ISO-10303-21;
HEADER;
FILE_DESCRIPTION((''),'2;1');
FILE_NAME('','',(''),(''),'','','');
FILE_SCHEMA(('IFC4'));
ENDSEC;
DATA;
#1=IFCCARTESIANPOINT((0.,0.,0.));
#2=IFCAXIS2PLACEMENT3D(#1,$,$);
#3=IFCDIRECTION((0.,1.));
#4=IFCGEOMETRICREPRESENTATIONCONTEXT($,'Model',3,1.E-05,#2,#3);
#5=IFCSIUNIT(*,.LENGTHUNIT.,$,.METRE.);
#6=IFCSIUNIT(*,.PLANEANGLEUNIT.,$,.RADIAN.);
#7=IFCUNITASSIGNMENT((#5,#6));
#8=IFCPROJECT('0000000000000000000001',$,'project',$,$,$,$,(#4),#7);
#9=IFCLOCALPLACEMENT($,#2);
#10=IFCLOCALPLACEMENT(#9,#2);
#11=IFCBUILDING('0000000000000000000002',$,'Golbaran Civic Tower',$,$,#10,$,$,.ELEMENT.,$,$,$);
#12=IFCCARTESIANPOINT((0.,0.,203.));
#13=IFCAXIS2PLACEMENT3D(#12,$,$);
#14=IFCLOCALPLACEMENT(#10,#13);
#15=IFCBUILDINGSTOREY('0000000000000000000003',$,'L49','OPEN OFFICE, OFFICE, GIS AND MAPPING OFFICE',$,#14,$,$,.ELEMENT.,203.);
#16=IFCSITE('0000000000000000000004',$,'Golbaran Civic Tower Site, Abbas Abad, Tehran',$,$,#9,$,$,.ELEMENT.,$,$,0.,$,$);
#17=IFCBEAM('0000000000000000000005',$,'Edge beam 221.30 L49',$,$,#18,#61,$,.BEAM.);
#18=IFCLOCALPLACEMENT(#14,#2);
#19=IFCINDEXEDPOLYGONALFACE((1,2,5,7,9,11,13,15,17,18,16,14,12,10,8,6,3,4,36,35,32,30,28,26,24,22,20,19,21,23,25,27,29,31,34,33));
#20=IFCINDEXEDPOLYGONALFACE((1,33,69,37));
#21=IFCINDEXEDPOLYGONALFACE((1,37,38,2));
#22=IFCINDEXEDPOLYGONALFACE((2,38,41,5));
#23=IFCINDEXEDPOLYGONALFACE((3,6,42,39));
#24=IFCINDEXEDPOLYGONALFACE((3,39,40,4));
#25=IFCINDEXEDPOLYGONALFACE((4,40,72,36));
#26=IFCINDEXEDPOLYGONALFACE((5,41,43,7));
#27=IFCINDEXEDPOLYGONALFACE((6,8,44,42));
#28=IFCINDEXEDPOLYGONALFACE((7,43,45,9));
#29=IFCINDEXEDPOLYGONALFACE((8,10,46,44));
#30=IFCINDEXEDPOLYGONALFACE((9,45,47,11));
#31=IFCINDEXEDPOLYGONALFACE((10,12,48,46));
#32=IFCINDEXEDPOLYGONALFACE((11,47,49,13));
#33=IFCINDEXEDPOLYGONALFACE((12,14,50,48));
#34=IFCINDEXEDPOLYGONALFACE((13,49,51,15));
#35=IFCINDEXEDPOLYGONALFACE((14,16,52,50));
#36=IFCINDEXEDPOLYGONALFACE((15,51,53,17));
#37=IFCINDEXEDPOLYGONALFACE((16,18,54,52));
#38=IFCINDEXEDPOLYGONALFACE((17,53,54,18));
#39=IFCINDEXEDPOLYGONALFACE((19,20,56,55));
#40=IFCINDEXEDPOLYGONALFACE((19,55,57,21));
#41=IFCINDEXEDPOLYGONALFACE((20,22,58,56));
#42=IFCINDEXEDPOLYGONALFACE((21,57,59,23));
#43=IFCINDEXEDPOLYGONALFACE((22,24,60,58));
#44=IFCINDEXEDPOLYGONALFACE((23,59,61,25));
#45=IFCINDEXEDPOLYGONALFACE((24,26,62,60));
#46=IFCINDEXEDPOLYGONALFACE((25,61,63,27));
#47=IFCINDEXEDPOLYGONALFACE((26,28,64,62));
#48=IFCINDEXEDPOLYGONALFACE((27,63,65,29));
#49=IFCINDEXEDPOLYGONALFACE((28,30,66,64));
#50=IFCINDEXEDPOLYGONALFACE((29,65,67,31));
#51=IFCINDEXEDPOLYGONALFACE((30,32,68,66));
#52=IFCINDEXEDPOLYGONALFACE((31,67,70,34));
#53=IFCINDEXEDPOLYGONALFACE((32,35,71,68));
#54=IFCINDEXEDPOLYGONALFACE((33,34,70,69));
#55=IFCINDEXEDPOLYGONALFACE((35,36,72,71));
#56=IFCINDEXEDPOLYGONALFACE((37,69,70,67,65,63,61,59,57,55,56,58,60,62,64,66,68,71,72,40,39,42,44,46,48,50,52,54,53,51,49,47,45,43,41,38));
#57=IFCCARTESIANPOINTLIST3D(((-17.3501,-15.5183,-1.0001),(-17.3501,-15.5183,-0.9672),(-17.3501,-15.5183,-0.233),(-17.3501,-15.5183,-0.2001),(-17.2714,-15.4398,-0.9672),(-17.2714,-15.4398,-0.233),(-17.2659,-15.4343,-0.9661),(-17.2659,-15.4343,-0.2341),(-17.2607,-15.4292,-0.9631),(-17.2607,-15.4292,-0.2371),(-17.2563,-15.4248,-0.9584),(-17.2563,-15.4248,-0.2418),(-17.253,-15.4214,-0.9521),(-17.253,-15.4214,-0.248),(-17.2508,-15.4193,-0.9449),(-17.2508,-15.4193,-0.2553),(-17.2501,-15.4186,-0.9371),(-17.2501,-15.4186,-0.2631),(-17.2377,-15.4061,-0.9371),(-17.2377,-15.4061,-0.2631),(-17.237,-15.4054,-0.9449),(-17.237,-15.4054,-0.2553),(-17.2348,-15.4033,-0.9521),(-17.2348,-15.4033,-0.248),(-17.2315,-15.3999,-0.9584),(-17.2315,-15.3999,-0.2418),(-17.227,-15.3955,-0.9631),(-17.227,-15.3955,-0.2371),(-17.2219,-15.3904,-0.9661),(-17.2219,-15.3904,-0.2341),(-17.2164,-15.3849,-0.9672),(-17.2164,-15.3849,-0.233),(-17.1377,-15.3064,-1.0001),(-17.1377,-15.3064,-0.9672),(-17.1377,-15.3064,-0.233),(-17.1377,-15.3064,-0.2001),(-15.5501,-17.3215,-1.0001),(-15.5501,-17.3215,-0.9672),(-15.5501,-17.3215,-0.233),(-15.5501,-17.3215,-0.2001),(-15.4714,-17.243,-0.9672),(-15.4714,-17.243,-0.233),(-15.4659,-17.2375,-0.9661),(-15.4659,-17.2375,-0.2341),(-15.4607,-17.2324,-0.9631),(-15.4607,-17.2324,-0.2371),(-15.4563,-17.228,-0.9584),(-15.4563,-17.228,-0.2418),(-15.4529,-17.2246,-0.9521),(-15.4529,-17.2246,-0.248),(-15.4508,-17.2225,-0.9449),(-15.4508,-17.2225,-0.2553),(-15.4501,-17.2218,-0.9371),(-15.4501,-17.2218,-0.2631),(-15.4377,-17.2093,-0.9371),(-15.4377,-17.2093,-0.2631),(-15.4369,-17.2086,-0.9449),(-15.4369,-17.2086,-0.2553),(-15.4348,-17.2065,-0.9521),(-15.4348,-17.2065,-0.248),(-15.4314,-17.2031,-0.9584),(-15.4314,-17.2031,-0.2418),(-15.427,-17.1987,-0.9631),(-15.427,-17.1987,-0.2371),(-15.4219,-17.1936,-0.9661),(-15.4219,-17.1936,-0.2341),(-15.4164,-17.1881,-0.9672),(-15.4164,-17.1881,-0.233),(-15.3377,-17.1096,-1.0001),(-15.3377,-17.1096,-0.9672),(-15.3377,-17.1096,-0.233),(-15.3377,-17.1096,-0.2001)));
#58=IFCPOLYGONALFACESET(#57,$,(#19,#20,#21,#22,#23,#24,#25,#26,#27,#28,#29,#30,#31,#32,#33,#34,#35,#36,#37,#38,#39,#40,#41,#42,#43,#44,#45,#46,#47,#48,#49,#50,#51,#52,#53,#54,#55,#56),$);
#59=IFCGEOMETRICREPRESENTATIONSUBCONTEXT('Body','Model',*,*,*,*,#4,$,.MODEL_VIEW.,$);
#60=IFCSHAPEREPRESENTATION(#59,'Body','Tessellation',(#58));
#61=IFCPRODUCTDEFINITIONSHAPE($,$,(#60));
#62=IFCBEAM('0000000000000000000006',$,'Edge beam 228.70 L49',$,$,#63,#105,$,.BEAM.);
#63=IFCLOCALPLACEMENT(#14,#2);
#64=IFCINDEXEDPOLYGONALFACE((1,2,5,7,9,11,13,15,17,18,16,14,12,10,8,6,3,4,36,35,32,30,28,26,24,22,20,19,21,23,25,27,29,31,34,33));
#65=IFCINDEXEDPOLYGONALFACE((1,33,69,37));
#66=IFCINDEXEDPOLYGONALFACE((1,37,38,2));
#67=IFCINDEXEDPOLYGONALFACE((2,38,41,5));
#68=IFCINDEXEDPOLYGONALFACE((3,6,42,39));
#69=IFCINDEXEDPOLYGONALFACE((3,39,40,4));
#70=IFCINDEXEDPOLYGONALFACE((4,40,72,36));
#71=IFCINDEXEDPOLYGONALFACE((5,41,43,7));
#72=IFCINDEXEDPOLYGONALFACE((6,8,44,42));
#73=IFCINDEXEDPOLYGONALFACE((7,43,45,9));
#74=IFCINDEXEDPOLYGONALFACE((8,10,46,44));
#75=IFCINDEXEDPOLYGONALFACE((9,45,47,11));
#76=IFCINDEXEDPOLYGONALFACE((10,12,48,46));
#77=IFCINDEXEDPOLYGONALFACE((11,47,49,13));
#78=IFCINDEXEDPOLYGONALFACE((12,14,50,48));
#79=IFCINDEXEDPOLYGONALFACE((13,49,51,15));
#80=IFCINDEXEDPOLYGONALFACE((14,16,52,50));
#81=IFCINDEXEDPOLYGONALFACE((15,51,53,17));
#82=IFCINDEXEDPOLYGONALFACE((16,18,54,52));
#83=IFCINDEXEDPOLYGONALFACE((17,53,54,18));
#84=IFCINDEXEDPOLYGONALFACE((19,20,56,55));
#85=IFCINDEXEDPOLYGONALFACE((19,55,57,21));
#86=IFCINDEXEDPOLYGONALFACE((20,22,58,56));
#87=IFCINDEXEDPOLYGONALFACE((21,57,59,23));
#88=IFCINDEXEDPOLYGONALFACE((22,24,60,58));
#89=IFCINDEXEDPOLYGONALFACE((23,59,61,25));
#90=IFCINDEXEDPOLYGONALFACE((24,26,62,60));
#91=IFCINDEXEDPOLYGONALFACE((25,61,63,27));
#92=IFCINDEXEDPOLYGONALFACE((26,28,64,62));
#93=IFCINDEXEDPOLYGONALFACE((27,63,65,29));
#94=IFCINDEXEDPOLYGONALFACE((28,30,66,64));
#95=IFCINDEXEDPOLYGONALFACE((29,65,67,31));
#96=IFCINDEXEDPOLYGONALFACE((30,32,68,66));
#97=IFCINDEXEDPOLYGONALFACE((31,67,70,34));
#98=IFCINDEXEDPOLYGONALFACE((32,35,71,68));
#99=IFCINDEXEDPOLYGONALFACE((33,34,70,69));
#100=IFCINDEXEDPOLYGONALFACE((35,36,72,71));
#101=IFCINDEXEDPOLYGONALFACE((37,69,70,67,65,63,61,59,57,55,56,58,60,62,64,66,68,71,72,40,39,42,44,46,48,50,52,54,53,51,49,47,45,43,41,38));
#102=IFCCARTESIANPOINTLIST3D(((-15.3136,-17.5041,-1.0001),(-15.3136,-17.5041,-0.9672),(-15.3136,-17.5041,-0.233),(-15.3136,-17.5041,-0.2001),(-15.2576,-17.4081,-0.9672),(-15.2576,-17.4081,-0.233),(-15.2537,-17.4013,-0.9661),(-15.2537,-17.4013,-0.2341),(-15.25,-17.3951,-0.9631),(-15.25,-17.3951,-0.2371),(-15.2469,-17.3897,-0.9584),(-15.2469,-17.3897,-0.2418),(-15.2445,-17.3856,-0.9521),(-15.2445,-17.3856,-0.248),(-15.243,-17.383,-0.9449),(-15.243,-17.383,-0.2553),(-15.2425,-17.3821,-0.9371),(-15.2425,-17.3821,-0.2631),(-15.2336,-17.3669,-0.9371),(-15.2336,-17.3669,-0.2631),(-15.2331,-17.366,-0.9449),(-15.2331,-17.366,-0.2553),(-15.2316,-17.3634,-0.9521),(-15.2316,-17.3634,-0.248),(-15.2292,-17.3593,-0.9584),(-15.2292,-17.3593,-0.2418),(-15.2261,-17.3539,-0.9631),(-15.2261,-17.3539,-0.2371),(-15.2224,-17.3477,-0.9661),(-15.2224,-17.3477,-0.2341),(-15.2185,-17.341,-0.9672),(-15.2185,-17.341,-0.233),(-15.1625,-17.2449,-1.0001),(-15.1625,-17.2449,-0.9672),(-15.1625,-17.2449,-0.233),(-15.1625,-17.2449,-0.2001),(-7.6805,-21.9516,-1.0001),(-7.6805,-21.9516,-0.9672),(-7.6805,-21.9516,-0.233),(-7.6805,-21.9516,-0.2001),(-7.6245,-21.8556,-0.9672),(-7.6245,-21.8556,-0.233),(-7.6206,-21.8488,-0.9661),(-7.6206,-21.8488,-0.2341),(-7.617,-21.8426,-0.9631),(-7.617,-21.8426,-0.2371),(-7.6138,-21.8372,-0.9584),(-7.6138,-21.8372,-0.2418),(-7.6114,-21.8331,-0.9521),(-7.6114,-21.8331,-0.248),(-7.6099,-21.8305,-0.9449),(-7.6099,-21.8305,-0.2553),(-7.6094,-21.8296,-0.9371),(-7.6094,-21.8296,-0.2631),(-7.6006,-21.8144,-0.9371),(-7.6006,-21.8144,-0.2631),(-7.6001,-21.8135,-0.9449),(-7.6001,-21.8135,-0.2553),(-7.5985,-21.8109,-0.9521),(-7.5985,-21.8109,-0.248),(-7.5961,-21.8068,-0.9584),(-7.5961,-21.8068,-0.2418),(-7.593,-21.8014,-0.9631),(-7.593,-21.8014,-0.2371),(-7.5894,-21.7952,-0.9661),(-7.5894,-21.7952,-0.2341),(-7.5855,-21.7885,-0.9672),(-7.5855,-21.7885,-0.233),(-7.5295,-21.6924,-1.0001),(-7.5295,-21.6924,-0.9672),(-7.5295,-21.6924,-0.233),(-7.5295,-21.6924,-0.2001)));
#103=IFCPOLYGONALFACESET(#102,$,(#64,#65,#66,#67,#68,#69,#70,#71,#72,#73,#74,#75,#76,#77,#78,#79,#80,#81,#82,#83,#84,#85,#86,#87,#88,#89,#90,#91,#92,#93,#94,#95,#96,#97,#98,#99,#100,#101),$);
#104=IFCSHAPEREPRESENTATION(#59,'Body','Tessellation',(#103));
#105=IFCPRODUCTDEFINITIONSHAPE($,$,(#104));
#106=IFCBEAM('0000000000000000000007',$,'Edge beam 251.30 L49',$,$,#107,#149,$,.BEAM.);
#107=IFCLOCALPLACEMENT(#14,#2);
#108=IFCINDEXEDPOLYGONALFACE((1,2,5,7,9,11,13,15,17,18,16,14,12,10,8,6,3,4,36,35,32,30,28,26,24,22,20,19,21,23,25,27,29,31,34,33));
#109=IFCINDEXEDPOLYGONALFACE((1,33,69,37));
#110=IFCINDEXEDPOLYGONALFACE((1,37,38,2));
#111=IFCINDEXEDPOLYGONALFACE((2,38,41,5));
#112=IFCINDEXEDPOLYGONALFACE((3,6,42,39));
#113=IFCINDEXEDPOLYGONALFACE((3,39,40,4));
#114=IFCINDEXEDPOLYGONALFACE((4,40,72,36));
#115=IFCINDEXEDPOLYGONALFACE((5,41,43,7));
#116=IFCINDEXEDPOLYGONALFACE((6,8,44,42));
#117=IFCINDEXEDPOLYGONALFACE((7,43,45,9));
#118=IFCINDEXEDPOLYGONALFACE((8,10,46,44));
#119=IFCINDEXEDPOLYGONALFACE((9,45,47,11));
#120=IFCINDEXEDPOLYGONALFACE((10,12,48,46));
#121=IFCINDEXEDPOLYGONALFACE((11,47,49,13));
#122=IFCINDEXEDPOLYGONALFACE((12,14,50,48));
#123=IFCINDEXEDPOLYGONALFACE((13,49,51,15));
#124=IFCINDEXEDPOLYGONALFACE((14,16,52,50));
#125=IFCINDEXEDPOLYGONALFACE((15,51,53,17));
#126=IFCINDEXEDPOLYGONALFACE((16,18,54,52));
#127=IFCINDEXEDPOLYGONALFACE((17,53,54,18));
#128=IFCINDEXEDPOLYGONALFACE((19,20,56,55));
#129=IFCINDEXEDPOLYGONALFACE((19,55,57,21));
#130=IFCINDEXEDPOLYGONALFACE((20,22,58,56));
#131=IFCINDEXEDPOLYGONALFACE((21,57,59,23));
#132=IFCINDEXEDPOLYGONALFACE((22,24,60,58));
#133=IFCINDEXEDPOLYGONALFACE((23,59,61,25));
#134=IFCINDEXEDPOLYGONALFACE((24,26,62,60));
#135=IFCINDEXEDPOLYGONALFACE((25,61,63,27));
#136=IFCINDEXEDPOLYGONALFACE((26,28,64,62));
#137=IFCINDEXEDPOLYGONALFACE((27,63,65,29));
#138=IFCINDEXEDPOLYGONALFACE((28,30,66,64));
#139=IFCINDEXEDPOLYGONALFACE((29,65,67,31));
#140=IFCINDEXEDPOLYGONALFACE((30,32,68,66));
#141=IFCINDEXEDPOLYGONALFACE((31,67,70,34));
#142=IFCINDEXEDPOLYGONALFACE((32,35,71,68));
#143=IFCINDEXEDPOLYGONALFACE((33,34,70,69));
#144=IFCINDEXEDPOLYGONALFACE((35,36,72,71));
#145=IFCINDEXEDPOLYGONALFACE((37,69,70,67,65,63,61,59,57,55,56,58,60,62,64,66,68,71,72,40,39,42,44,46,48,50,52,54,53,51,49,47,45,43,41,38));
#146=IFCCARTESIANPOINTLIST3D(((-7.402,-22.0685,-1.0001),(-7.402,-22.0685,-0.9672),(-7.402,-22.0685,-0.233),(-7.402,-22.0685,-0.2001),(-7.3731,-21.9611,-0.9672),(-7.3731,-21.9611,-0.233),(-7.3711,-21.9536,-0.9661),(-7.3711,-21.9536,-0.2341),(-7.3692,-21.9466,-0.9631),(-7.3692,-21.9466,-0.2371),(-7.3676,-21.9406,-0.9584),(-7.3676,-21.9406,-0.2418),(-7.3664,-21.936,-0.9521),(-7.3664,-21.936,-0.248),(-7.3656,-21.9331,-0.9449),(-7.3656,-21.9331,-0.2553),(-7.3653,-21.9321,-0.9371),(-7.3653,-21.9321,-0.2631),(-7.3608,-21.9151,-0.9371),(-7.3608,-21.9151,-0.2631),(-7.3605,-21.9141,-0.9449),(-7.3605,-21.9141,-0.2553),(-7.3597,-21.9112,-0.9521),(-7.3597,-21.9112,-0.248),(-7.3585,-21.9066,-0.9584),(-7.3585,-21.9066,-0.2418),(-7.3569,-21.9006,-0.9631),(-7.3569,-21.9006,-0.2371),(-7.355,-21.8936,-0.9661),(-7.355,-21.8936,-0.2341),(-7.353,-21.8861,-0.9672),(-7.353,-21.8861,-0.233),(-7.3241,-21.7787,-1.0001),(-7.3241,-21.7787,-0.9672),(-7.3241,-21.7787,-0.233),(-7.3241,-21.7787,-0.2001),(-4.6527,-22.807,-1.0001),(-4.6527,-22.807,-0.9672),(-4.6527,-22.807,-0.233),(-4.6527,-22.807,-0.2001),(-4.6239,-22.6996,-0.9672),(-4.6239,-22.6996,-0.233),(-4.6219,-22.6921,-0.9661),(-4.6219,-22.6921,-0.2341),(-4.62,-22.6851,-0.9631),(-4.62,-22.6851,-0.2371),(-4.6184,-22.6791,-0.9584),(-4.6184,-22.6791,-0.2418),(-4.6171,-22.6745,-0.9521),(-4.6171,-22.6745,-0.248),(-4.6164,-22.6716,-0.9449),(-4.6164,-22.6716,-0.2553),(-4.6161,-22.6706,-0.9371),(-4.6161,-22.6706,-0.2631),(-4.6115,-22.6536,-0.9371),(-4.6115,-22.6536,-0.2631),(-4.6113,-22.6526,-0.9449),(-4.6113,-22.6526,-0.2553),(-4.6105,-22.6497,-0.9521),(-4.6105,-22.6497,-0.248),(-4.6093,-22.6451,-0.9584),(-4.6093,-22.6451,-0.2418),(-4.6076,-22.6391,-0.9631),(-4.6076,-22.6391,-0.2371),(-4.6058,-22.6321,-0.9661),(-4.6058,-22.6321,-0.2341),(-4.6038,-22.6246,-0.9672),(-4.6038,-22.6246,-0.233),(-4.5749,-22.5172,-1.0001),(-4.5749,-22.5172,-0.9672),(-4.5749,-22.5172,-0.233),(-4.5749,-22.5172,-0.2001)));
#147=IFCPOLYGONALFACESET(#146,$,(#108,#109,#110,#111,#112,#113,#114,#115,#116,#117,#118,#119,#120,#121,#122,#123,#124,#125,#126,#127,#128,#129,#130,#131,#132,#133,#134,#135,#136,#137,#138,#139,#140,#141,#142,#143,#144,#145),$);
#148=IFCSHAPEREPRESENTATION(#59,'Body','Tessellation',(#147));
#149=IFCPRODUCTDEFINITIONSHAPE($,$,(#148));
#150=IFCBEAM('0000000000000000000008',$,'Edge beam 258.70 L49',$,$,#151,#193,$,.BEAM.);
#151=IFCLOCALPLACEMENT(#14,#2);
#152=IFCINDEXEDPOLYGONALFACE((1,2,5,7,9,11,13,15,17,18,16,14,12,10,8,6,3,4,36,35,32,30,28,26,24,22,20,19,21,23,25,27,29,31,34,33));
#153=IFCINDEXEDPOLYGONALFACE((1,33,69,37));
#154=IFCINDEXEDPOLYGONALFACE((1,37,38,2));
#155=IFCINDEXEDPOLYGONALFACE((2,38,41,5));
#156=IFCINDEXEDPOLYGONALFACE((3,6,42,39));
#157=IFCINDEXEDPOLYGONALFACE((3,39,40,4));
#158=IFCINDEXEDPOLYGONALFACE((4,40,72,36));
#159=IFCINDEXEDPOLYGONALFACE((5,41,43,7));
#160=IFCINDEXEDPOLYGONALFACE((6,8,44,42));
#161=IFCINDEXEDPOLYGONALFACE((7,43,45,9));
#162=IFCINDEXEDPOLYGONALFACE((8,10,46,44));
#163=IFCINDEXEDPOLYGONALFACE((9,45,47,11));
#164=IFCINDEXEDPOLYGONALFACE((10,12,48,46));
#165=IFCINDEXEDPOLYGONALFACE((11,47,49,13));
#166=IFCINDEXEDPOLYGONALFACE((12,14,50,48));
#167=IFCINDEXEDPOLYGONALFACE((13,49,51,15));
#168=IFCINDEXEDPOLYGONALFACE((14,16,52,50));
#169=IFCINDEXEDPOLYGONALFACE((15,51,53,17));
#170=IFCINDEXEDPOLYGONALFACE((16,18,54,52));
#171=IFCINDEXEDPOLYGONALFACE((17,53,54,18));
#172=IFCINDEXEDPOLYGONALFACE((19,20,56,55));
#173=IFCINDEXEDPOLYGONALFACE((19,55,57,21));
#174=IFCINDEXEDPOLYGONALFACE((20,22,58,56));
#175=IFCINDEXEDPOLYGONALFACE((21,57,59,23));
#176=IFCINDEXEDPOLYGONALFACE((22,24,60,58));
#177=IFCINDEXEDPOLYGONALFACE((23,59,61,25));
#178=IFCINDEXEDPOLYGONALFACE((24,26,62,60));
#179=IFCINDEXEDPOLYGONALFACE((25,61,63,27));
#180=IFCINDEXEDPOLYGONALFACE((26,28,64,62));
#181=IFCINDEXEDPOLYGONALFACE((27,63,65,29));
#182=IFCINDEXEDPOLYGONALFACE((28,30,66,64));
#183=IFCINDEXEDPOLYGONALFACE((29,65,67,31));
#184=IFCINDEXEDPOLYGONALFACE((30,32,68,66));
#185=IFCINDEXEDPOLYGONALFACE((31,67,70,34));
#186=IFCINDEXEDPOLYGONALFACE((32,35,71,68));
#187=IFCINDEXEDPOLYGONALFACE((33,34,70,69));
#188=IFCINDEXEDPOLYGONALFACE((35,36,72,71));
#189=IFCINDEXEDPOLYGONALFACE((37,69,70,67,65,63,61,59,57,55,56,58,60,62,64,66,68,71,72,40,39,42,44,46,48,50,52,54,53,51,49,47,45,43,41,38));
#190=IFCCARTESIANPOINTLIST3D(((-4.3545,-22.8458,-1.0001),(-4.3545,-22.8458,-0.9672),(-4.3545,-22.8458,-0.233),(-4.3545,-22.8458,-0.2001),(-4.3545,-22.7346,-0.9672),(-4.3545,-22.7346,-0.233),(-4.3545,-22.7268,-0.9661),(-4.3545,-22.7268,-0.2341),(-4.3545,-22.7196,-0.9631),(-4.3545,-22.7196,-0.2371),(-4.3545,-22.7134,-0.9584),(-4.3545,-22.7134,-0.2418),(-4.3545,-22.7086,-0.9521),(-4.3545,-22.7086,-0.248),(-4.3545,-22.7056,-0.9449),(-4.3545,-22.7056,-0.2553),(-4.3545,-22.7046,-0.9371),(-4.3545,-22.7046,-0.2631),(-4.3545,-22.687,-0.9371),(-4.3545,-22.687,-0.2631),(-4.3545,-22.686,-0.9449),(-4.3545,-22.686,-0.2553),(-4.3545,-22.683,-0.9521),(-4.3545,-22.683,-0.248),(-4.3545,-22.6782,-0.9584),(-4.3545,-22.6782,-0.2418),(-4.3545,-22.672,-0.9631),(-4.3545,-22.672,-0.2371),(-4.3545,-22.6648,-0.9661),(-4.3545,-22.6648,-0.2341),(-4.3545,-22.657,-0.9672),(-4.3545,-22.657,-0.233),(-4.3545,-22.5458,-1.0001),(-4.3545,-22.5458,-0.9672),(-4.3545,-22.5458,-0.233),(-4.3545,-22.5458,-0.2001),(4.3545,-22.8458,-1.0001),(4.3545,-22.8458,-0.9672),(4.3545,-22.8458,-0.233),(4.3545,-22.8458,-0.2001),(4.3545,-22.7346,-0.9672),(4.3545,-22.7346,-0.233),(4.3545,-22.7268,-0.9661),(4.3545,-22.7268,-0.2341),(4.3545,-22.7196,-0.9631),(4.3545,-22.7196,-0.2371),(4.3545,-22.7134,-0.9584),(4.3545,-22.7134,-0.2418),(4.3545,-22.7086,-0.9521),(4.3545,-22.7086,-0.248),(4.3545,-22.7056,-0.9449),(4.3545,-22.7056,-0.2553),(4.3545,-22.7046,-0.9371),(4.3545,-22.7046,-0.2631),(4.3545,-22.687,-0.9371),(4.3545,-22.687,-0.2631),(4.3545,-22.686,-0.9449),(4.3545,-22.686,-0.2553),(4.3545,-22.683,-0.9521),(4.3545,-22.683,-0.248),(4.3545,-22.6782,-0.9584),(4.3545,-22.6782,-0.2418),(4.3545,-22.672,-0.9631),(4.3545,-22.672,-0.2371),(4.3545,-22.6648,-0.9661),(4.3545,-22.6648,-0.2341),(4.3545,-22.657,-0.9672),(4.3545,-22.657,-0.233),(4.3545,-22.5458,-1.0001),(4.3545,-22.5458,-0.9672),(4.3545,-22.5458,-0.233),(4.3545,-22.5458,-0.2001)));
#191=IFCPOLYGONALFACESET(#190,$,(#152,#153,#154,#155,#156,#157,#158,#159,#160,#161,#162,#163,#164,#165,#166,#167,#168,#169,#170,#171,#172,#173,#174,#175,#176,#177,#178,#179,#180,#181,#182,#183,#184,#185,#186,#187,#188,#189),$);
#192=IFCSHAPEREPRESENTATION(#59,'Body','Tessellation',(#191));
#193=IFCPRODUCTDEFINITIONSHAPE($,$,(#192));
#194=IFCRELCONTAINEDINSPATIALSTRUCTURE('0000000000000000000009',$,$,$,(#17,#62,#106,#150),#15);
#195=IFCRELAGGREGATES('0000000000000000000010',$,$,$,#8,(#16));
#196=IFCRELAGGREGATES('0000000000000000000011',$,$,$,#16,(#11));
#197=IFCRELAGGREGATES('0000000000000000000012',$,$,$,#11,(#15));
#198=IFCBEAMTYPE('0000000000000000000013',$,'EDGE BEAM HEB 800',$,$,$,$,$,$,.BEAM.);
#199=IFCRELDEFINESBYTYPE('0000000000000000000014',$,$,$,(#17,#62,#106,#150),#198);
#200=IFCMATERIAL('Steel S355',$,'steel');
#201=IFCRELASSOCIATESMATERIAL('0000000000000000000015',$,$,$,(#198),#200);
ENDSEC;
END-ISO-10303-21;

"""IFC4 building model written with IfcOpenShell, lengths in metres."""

from ifc_helpers import new_model, si_unit, direction, frame, origin, origin_2d, place, context, subcontext, project, spatial, i_section, extrude, material, material_profile, profile_set, type_object, element, save


model = new_model("IFC4")

# Units and contexts
model_context = context("Model", 3, precision=1e-05, world=origin(), true_north=direction((0.0, 1.0)))
body_context = subcontext(model_context, "Body", "Model", "MODEL_VIEW")
ifc_project = project(units=[si_unit("LENGTHUNIT", "METRE"), si_unit("PLANEANGLEUNIT", "RADIAN")], contexts=[model_context])

# Site, building, storey
site_placement = place(None, origin())
site = spatial("IfcSite", under=ifc_project, at=site_placement, Name="Golbaran Civic Tower Site, Abbas Abad, Tehran", CompositionType="ELEMENT", RefElevation=0.0)
building_placement = place(site_placement, origin())
building = spatial("IfcBuilding", under=site, at=building_placement, Name="Golbaran Civic Tower", CompositionType="ELEMENT")
storey_placement = place(building_placement, frame((0.0, 0.0, 203.0)))
storey = spatial("IfcBuildingStorey", under=building, at=storey_placement, Name="L49", Description="OPEN OFFICE, OFFICE, GIS AND MAPPING OFFICE", CompositionType="ELEMENT", Elevation=203.0)

# Beams
ifc_material_1 = material(Name="Steel S355", Category="steel")
ifc_material_profile_1 = material_profile(ifc_material_1, i_section(OverallWidth=0.3, OverallDepth=0.8, WebThickness=0.0176, FlangeThickness=0.033, FilletRadius=0.03, at=origin_2d()), Name="HEB 800")
ifc_profile_set_1 = profile_set([ifc_material_profile_1], Name="Steel S355")
beam_type_1 = type_object("IfcBeamType", Name="EDGE BEAM HEB 800", PredefinedType="BEAM", material=ifc_profile_set_1)
beam_1_placement = place(storey_placement, frame((-17.2439, -15.4124, -0.6001), z_axis=(0.706484, -0.707729, 0.0), x_axis=(0.707729, 0.706484, 0.0)))
element("IfcBeam", 1, at=beam_1_placement, inside=storey, type_object=beam_type_1, Name="Edge beam 221.30 L49", PredefinedType="BEAM", context=body_context, shape_type="SweptSolid", body=[
    extrude(i_section(OverallWidth=0.3, OverallDepth=0.8, WebThickness=0.0176, FlangeThickness=0.033, FilletRadius=0.03, at=origin_2d()), origin(), (0.0, 0.0, 1.0), 2.5479),
])
beam_2_placement = place(storey_placement, frame((-15.238, -17.3745, -0.6001), z_axis=(0.86403, -0.50344, 0.0), x_axis=(0.50344, 0.86403, 0.0)))
element("IfcBeam", 2, at=beam_2_placement, inside=storey, type_object=beam_type_1, Name="Edge beam 228.70 L49", PredefinedType="BEAM", context=body_context, shape_type="SweptSolid", body=[
    extrude(i_section(OverallWidth=0.3, OverallDepth=0.8, WebThickness=0.0176, FlangeThickness=0.033, FilletRadius=0.03, at=origin_2d()), origin(), (0.0, 0.0, 1.0), 8.8342),
])
beam_3_placement = place(storey_placement, frame((-7.363, -21.9236, -0.6001), z_axis=(0.965762, -0.259429, 0.0), x_axis=(0.259429, 0.965762, 0.0)))
element("IfcBeam", 3, at=beam_3_placement, inside=storey, type_object=beam_type_1, Name="Edge beam 251.30 L49", PredefinedType="BEAM", context=body_context, shape_type="SweptSolid", body=[
    extrude(i_section(OverallWidth=0.3, OverallDepth=0.8, WebThickness=0.0176, FlangeThickness=0.033, FilletRadius=0.03, at=origin_2d()), origin(), (0.0, 0.0, 1.0), 2.8467),
])
beam_4_placement = place(storey_placement, frame((-4.3545, -22.6958, -0.6001), z_axis=(1.0, 0.0, 0.0), x_axis=(0.0, 1.0, 0.0)))
element("IfcBeam", 4, at=beam_4_placement, inside=storey, type_object=beam_type_1, Name="Edge beam 258.70 L49", PredefinedType="BEAM", context=body_context, shape_type="SweptSolid", body=[
    extrude(i_section(OverallWidth=0.3, OverallDepth=0.8, WebThickness=0.0176, FlangeThickness=0.033, FilletRadius=0.03, at=origin_2d()), origin(), (0.0, 0.0, 1.0), 8.709),
])

save(model, "model.ifc")
